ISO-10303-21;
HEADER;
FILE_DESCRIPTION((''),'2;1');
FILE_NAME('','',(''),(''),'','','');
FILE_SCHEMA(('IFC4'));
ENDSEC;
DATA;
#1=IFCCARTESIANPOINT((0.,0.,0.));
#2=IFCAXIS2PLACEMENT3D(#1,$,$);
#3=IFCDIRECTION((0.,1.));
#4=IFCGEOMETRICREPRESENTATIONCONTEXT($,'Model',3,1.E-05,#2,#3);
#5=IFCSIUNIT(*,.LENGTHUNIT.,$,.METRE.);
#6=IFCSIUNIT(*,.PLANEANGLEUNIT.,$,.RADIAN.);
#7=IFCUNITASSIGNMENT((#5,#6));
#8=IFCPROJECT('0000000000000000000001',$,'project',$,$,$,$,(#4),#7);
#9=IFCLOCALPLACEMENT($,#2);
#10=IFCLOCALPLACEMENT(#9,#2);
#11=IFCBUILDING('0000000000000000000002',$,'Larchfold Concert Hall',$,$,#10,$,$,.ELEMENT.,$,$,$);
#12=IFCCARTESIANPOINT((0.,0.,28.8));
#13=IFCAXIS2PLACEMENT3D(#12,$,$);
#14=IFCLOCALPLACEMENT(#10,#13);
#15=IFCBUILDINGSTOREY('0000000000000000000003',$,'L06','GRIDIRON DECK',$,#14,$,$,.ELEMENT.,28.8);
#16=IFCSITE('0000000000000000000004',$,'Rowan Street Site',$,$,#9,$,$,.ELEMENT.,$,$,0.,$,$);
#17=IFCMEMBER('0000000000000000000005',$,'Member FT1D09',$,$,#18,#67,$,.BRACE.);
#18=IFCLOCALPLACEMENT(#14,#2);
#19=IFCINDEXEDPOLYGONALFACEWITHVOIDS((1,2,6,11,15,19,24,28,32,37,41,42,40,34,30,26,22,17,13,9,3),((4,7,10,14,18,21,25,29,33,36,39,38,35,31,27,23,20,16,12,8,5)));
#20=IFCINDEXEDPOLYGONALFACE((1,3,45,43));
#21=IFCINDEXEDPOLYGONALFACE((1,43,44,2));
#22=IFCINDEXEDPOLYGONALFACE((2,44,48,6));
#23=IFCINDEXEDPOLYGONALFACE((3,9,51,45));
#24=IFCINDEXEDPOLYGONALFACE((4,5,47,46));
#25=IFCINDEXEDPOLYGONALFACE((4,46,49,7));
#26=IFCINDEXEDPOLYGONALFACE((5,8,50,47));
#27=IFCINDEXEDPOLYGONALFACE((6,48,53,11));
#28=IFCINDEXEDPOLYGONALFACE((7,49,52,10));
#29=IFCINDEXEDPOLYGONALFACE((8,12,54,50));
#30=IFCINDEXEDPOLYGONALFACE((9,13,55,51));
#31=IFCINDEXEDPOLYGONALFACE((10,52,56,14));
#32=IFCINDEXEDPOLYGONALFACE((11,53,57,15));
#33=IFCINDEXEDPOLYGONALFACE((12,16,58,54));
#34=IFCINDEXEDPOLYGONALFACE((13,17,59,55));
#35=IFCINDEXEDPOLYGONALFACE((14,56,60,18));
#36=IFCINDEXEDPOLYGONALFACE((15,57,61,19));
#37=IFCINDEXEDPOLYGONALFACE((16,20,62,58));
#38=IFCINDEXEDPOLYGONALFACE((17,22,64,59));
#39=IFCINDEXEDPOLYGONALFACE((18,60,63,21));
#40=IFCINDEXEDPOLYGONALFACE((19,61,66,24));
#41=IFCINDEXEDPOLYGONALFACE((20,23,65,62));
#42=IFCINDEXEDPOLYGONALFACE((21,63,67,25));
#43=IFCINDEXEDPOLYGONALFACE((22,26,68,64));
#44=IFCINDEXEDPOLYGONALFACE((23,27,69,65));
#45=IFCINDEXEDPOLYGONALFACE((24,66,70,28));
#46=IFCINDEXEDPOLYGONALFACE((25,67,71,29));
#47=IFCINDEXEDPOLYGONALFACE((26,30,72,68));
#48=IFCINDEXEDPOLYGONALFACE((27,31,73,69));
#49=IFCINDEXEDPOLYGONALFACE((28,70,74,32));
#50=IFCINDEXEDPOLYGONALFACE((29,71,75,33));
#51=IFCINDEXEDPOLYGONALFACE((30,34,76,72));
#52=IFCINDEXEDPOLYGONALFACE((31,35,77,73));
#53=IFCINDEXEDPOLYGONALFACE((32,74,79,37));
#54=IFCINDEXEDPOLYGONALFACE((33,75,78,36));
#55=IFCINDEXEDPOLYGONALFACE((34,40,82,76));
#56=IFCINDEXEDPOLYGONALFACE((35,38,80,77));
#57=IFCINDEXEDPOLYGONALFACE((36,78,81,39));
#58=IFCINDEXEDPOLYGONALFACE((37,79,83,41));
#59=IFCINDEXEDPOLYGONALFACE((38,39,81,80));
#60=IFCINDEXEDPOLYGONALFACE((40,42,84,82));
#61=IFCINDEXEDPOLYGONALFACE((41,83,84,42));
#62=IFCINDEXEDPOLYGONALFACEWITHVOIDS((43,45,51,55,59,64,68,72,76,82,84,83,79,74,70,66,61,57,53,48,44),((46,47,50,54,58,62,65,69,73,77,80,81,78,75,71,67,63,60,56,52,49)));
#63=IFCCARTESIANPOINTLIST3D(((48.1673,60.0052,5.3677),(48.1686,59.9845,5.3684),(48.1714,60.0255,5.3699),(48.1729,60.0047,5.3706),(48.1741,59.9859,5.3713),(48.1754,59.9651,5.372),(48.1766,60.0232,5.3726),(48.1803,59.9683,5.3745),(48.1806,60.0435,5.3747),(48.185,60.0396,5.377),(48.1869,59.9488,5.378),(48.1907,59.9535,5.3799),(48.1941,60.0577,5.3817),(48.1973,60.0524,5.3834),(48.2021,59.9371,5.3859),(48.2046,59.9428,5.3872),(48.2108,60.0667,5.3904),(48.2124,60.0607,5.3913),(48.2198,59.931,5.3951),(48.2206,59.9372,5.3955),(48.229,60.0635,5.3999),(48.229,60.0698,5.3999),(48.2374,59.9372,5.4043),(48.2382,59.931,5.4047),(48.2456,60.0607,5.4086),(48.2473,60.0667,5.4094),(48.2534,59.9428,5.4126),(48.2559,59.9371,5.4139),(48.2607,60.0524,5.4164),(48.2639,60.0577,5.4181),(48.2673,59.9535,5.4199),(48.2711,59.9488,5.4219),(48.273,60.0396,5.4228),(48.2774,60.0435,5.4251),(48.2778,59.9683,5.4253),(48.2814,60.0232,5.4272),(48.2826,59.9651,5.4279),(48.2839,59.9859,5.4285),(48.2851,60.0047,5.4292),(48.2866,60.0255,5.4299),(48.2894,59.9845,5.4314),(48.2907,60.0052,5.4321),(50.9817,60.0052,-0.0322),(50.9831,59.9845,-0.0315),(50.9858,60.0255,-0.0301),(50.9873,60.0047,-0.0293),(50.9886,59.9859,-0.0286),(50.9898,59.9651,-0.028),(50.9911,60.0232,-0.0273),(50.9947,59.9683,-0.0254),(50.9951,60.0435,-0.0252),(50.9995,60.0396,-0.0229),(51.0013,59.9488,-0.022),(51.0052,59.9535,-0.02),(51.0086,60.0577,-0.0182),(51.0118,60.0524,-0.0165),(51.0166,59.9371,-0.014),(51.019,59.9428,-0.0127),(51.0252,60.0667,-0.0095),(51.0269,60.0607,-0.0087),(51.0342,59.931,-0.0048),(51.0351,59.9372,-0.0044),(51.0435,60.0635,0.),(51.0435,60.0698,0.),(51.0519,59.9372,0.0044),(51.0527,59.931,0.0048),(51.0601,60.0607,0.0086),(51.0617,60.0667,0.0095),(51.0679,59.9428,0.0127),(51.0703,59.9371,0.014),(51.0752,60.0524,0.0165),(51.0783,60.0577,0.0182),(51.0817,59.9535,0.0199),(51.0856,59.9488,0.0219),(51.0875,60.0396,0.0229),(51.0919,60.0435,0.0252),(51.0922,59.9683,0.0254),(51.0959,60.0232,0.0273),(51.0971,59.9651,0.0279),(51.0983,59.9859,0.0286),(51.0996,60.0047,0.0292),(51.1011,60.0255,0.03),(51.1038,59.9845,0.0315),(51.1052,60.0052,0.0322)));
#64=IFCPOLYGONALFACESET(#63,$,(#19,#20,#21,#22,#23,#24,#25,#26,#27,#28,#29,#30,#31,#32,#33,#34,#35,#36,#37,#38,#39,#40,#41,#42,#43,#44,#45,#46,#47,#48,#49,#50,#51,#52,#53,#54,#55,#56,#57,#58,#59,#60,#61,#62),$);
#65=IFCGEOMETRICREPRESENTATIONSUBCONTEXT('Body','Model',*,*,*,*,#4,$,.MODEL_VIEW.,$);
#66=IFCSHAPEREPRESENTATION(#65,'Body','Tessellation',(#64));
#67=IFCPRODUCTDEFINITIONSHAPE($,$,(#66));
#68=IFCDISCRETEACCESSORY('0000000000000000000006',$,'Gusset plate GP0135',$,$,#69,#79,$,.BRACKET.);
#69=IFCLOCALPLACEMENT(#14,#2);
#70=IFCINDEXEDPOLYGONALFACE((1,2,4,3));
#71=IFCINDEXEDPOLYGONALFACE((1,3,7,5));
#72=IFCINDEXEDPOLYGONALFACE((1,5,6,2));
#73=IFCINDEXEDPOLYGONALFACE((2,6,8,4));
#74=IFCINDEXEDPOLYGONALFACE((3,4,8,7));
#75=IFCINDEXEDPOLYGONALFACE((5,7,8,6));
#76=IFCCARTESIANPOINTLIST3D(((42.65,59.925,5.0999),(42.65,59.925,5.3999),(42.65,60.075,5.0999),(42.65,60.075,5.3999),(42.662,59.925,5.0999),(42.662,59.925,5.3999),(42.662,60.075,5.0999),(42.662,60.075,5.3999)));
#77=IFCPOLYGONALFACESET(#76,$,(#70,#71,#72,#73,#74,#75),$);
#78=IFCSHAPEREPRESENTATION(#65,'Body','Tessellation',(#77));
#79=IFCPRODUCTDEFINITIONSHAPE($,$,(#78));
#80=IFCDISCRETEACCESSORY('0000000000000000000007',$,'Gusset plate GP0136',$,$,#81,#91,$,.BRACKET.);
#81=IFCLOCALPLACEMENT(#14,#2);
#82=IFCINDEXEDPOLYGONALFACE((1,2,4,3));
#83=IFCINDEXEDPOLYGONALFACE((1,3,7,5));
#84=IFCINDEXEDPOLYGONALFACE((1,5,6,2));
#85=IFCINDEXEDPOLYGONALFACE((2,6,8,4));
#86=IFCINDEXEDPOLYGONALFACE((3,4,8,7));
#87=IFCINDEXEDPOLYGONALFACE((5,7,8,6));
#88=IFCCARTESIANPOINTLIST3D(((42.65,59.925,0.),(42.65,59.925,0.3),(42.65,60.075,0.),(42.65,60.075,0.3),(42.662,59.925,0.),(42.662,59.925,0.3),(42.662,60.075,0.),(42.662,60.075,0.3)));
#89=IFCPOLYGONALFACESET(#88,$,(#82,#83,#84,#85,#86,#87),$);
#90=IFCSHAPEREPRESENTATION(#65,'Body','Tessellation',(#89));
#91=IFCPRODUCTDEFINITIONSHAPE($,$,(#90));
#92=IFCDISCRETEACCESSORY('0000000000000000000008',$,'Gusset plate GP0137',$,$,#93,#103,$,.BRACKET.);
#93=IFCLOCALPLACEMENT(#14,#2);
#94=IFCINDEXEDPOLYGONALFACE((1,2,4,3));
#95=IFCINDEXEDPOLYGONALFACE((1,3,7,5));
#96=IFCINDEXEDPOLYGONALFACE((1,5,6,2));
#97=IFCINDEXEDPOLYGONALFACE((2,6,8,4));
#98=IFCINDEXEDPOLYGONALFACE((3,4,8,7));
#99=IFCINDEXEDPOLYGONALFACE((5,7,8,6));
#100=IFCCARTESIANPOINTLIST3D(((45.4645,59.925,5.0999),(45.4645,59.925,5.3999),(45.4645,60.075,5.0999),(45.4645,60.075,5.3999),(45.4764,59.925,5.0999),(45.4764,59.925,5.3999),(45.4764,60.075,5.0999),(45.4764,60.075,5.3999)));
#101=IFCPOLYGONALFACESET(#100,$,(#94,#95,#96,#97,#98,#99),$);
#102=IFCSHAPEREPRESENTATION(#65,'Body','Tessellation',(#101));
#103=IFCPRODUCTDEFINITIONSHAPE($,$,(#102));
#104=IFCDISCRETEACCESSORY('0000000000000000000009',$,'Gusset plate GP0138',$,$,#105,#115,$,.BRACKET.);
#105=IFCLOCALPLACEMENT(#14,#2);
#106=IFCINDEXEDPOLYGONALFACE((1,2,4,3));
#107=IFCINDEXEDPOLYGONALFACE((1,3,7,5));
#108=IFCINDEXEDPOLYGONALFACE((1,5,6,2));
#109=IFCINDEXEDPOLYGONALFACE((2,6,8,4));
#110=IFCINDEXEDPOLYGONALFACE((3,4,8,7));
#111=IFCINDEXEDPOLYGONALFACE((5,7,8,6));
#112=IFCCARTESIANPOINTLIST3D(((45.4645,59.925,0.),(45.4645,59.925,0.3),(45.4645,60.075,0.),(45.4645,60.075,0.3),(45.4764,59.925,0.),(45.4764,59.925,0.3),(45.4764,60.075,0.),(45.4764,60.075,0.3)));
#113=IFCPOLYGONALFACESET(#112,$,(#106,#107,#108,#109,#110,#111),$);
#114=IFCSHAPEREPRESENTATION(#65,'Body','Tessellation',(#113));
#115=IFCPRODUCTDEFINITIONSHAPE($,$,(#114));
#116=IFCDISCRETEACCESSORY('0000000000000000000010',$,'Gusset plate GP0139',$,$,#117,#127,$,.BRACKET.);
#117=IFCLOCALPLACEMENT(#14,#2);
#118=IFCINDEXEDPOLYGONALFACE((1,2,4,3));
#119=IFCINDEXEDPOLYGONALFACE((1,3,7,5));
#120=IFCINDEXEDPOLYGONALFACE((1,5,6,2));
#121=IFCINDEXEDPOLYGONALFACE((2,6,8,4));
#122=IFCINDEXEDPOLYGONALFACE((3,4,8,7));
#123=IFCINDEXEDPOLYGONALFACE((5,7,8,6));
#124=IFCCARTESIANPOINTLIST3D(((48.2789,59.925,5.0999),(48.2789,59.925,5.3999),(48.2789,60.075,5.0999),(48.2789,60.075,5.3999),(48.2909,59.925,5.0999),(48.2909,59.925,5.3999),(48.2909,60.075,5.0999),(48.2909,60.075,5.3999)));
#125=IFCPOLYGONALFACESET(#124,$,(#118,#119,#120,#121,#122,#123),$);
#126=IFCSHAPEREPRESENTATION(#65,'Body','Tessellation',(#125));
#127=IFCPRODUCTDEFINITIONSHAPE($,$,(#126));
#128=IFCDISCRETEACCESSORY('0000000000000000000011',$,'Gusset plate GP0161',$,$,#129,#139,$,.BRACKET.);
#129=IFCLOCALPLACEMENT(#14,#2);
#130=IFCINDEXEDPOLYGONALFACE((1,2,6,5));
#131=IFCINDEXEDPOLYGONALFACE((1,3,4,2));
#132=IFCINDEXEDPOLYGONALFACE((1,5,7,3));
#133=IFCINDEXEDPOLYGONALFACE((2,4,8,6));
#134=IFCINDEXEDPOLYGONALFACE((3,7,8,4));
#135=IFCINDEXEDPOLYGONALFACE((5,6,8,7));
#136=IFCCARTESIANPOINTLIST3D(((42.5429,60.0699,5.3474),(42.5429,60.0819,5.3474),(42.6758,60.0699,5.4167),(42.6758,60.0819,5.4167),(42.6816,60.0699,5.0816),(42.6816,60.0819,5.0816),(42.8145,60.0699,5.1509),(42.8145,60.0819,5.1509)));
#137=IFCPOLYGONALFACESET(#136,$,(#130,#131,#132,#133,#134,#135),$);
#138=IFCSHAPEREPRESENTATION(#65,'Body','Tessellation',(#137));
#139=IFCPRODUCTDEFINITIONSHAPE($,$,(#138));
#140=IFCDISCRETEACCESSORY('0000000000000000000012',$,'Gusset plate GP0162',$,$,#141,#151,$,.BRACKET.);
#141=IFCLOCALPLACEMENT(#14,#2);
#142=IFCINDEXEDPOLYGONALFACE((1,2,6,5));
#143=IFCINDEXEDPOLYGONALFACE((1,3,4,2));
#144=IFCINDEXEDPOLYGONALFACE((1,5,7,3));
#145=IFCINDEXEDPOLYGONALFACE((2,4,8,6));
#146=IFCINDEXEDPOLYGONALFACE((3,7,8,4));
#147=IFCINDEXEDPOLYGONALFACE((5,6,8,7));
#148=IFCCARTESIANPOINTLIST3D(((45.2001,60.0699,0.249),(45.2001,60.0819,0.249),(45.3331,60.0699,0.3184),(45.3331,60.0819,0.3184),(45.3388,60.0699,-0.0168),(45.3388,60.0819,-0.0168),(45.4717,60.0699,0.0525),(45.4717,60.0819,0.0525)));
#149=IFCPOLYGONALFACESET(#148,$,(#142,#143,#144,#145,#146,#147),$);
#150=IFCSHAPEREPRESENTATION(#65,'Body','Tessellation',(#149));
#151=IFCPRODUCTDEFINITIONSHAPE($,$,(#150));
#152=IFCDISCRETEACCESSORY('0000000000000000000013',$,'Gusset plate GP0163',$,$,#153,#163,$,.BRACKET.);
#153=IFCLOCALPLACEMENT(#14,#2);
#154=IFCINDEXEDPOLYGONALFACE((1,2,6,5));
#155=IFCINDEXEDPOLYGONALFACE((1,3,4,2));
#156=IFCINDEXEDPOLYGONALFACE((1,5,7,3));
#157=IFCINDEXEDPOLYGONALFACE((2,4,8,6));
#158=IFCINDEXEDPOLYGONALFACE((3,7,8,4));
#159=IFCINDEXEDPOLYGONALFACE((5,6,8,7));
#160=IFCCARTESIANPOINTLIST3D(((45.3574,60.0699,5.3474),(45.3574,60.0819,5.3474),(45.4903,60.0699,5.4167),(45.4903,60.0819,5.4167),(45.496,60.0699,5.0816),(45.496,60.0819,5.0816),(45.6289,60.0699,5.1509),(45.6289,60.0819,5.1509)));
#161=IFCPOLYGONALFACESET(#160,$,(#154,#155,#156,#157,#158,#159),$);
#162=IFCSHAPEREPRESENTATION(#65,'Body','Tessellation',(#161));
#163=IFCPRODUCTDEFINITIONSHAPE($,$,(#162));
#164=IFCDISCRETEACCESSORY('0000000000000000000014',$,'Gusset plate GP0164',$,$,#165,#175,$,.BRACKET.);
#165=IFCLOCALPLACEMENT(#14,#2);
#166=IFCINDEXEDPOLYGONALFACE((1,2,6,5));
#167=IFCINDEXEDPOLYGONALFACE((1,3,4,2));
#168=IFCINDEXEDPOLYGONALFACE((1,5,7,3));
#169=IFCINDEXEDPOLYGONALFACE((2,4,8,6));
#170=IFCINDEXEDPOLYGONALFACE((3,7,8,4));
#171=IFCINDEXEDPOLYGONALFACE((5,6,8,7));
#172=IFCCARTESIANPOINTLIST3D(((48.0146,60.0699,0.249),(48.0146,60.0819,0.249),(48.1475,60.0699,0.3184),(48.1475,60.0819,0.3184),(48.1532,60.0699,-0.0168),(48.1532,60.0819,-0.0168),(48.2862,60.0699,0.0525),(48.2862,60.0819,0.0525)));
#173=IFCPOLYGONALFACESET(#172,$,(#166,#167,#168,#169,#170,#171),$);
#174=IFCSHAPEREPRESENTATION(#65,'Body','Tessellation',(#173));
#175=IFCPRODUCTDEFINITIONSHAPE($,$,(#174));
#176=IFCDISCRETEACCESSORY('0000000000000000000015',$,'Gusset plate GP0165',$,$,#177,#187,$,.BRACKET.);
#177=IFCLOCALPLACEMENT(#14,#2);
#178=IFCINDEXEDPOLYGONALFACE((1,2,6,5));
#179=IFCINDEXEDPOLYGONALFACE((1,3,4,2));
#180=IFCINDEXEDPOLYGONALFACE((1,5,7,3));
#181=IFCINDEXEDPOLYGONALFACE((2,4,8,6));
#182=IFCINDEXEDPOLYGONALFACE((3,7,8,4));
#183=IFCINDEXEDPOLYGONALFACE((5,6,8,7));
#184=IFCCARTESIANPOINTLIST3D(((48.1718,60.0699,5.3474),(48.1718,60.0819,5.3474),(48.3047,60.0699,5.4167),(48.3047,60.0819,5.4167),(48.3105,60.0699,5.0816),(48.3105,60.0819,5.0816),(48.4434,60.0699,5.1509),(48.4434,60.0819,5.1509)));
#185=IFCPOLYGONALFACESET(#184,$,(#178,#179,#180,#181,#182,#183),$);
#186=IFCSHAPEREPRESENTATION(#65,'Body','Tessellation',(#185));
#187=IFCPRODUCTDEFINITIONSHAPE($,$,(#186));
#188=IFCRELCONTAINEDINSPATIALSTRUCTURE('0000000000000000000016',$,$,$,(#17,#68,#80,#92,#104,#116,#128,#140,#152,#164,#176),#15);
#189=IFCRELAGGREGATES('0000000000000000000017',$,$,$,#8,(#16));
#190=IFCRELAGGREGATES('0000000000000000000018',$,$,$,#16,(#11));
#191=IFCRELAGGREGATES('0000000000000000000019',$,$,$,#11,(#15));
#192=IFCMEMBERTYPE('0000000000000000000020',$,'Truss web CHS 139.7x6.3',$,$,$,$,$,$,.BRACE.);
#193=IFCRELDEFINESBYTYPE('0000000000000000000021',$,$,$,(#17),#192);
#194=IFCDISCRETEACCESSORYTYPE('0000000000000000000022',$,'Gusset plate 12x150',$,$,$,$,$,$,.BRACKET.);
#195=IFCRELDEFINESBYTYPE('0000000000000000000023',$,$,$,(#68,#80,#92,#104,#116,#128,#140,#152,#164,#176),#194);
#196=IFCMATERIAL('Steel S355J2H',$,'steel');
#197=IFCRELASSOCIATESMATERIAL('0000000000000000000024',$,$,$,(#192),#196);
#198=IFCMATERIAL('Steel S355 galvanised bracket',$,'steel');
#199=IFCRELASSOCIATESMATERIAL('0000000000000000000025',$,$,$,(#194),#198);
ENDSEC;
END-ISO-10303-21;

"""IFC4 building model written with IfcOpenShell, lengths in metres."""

from ifc_helpers import new_model, si_unit, direction, frame, origin, origin_2d, place, context, subcontext, project, spatial, rectangle, hollow_circle, extrude, material, material_profile, profile_set, type_object, element, save


model = new_model("IFC4")

# Units and contexts
model_context = context("Model", 3, precision=1e-05, world=origin(), true_north=direction((0.0, 1.0)))
body_context = subcontext(model_context, "Body", "Model", "MODEL_VIEW")
ifc_project = project(units=[si_unit("LENGTHUNIT", "METRE"), si_unit("PLANEANGLEUNIT", "RADIAN")], contexts=[model_context])

# Site, building, storey
site_placement = place(None, origin())
site = spatial("IfcSite", under=ifc_project, at=site_placement, Name="Rowan Street Site", CompositionType="ELEMENT", RefElevation=0.0)
building_placement = place(site_placement, origin())
building = spatial("IfcBuilding", under=site, at=building_placement, Name="Larchfold Concert Hall", CompositionType="ELEMENT")
storey_placement = place(building_placement, frame((0.0, 0.0, 28.8)))
storey = spatial("IfcBuildingStorey", under=building, at=storey_placement, Name="L06", Description="GRIDIRON DECK", CompositionType="ELEMENT", Elevation=28.8)

# Member
ifc_material_1 = material(Name="Steel S355J2H", Category="steel")
ifc_material_profile_1 = material_profile(ifc_material_1, hollow_circle(Radius=0.0698, WallThickness=0.0063, at=origin_2d()))
ifc_profile_set_1 = profile_set([ifc_material_profile_1], Name="Steel S355J2H")
member_type_1 = type_object("IfcMemberType", Name="Truss web CHS 139.7x6.3", PredefinedType="BRACE", material=ifc_profile_set_1)
for number, where, z_axis, x_axis, name in (
    (1, (48.229, 60.0, 5.3999), (0.462193, 0.0, -0.886779), (0.0, 1.0, 0.0), "Member FT1D09"),
):
    element("IfcMember", number, at=place(storey_placement, frame(where, z_axis=z_axis, x_axis=x_axis)), inside=storey, type_object=member_type_1, Name=name, PredefinedType="BRACE", context=body_context, shape_type="SweptSolid", body=[
        extrude(hollow_circle(Radius=0.0698, WallThickness=0.0063, at=origin_2d()), origin(), (0.0, 0.0, 1.0), 6.0894),
    ])

# Discrete accessories
ifc_material_2 = material(Name="Steel S355 galvanised bracket", Category="steel")
ifc_material_profile_2 = material_profile(ifc_material_2, rectangle(XDim=0.012, YDim=0.1499, at=origin_2d()))
ifc_profile_set_2 = profile_set([ifc_material_profile_2], Name="Steel S355 galvanised bracket")
discrete_accessory_type = type_object("IfcDiscreteAccessoryType", Name="Gusset plate 12x150", PredefinedType="BRACKET", material=ifc_profile_set_2)
for number, where, z_axis, x_axis, name in (
    (2, (42.656, 60.0, 5.3999), (0.0, 0.0, -1.0), (1.0, 0.0, 0.0), "Gusset plate GP0135"),
    (3, (42.656, 60.0, 0.3), (0.0, 0.0, -1.0), (1.0, 0.0, 0.0), "Gusset plate GP0136"),
    (4, (45.4705, 60.0, 5.3999), (0.0, 0.0, -1.0), (1.0, 0.0, 0.0), "Gusset plate GP0137"),
    (5, (45.4705, 60.0, 0.3), (0.0, 0.0, -1.0), (1.0, 0.0, 0.0), "Gusset plate GP0138"),
    (6, (48.2849, 60.0, 5.3999), (0.0, 0.0, -1.0), (1.0, 0.0, 0.0), "Gusset plate GP0139"),
):
    element("IfcDiscreteAccessory", number, at=place(storey_placement, frame(where, z_axis=z_axis, x_axis=x_axis)), inside=storey, type_object=discrete_accessory_type, Name=name, PredefinedType="BRACKET", context=body_context, shape_type="SweptSolid", body=[
        extrude(rectangle(XDim=0.012, YDim=0.1499, at=origin_2d()), origin(), (0.0, 0.0, 1.0), 0.3),
    ])
for number, where, z_axis, x_axis, name in (
    (7, (42.6094, 60.0759, 5.3821), (0.462455, 0.0, -0.886643), (0.0, 1.0, 0.0), "Gusset plate GP0161"),
    (8, (45.2666, 60.0759, 0.2837), (0.462455, 0.0, -0.886643), (0.0, 1.0, 0.0), "Gusset plate GP0162"),
    (9, (45.4238, 60.0759, 5.3821), (0.462455, 0.0, -0.886643), (0.0, 1.0, 0.0), "Gusset plate GP0163"),
    (10, (48.0811, 60.0759, 0.2837), (0.462455, 0.0, -0.886643), (0.0, 1.0, 0.0), "Gusset plate GP0164"),
    (11, (48.2383, 60.0759, 5.3821), (0.462455, 0.0, -0.886643), (0.0, 1.0, 0.0), "Gusset plate GP0165"),
):
    element("IfcDiscreteAccessory", number, at=place(storey_placement, frame(where, z_axis=z_axis, x_axis=x_axis)), inside=storey, type_object=discrete_accessory_type, Name=name, PredefinedType="BRACKET", context=body_context, shape_type="SweptSolid", body=[
        extrude(rectangle(XDim=0.012, YDim=0.1499, at=origin_2d()), origin(), (0.0, 0.0, 1.0), 0.2998),
    ])

save(model, "model.ifc")
